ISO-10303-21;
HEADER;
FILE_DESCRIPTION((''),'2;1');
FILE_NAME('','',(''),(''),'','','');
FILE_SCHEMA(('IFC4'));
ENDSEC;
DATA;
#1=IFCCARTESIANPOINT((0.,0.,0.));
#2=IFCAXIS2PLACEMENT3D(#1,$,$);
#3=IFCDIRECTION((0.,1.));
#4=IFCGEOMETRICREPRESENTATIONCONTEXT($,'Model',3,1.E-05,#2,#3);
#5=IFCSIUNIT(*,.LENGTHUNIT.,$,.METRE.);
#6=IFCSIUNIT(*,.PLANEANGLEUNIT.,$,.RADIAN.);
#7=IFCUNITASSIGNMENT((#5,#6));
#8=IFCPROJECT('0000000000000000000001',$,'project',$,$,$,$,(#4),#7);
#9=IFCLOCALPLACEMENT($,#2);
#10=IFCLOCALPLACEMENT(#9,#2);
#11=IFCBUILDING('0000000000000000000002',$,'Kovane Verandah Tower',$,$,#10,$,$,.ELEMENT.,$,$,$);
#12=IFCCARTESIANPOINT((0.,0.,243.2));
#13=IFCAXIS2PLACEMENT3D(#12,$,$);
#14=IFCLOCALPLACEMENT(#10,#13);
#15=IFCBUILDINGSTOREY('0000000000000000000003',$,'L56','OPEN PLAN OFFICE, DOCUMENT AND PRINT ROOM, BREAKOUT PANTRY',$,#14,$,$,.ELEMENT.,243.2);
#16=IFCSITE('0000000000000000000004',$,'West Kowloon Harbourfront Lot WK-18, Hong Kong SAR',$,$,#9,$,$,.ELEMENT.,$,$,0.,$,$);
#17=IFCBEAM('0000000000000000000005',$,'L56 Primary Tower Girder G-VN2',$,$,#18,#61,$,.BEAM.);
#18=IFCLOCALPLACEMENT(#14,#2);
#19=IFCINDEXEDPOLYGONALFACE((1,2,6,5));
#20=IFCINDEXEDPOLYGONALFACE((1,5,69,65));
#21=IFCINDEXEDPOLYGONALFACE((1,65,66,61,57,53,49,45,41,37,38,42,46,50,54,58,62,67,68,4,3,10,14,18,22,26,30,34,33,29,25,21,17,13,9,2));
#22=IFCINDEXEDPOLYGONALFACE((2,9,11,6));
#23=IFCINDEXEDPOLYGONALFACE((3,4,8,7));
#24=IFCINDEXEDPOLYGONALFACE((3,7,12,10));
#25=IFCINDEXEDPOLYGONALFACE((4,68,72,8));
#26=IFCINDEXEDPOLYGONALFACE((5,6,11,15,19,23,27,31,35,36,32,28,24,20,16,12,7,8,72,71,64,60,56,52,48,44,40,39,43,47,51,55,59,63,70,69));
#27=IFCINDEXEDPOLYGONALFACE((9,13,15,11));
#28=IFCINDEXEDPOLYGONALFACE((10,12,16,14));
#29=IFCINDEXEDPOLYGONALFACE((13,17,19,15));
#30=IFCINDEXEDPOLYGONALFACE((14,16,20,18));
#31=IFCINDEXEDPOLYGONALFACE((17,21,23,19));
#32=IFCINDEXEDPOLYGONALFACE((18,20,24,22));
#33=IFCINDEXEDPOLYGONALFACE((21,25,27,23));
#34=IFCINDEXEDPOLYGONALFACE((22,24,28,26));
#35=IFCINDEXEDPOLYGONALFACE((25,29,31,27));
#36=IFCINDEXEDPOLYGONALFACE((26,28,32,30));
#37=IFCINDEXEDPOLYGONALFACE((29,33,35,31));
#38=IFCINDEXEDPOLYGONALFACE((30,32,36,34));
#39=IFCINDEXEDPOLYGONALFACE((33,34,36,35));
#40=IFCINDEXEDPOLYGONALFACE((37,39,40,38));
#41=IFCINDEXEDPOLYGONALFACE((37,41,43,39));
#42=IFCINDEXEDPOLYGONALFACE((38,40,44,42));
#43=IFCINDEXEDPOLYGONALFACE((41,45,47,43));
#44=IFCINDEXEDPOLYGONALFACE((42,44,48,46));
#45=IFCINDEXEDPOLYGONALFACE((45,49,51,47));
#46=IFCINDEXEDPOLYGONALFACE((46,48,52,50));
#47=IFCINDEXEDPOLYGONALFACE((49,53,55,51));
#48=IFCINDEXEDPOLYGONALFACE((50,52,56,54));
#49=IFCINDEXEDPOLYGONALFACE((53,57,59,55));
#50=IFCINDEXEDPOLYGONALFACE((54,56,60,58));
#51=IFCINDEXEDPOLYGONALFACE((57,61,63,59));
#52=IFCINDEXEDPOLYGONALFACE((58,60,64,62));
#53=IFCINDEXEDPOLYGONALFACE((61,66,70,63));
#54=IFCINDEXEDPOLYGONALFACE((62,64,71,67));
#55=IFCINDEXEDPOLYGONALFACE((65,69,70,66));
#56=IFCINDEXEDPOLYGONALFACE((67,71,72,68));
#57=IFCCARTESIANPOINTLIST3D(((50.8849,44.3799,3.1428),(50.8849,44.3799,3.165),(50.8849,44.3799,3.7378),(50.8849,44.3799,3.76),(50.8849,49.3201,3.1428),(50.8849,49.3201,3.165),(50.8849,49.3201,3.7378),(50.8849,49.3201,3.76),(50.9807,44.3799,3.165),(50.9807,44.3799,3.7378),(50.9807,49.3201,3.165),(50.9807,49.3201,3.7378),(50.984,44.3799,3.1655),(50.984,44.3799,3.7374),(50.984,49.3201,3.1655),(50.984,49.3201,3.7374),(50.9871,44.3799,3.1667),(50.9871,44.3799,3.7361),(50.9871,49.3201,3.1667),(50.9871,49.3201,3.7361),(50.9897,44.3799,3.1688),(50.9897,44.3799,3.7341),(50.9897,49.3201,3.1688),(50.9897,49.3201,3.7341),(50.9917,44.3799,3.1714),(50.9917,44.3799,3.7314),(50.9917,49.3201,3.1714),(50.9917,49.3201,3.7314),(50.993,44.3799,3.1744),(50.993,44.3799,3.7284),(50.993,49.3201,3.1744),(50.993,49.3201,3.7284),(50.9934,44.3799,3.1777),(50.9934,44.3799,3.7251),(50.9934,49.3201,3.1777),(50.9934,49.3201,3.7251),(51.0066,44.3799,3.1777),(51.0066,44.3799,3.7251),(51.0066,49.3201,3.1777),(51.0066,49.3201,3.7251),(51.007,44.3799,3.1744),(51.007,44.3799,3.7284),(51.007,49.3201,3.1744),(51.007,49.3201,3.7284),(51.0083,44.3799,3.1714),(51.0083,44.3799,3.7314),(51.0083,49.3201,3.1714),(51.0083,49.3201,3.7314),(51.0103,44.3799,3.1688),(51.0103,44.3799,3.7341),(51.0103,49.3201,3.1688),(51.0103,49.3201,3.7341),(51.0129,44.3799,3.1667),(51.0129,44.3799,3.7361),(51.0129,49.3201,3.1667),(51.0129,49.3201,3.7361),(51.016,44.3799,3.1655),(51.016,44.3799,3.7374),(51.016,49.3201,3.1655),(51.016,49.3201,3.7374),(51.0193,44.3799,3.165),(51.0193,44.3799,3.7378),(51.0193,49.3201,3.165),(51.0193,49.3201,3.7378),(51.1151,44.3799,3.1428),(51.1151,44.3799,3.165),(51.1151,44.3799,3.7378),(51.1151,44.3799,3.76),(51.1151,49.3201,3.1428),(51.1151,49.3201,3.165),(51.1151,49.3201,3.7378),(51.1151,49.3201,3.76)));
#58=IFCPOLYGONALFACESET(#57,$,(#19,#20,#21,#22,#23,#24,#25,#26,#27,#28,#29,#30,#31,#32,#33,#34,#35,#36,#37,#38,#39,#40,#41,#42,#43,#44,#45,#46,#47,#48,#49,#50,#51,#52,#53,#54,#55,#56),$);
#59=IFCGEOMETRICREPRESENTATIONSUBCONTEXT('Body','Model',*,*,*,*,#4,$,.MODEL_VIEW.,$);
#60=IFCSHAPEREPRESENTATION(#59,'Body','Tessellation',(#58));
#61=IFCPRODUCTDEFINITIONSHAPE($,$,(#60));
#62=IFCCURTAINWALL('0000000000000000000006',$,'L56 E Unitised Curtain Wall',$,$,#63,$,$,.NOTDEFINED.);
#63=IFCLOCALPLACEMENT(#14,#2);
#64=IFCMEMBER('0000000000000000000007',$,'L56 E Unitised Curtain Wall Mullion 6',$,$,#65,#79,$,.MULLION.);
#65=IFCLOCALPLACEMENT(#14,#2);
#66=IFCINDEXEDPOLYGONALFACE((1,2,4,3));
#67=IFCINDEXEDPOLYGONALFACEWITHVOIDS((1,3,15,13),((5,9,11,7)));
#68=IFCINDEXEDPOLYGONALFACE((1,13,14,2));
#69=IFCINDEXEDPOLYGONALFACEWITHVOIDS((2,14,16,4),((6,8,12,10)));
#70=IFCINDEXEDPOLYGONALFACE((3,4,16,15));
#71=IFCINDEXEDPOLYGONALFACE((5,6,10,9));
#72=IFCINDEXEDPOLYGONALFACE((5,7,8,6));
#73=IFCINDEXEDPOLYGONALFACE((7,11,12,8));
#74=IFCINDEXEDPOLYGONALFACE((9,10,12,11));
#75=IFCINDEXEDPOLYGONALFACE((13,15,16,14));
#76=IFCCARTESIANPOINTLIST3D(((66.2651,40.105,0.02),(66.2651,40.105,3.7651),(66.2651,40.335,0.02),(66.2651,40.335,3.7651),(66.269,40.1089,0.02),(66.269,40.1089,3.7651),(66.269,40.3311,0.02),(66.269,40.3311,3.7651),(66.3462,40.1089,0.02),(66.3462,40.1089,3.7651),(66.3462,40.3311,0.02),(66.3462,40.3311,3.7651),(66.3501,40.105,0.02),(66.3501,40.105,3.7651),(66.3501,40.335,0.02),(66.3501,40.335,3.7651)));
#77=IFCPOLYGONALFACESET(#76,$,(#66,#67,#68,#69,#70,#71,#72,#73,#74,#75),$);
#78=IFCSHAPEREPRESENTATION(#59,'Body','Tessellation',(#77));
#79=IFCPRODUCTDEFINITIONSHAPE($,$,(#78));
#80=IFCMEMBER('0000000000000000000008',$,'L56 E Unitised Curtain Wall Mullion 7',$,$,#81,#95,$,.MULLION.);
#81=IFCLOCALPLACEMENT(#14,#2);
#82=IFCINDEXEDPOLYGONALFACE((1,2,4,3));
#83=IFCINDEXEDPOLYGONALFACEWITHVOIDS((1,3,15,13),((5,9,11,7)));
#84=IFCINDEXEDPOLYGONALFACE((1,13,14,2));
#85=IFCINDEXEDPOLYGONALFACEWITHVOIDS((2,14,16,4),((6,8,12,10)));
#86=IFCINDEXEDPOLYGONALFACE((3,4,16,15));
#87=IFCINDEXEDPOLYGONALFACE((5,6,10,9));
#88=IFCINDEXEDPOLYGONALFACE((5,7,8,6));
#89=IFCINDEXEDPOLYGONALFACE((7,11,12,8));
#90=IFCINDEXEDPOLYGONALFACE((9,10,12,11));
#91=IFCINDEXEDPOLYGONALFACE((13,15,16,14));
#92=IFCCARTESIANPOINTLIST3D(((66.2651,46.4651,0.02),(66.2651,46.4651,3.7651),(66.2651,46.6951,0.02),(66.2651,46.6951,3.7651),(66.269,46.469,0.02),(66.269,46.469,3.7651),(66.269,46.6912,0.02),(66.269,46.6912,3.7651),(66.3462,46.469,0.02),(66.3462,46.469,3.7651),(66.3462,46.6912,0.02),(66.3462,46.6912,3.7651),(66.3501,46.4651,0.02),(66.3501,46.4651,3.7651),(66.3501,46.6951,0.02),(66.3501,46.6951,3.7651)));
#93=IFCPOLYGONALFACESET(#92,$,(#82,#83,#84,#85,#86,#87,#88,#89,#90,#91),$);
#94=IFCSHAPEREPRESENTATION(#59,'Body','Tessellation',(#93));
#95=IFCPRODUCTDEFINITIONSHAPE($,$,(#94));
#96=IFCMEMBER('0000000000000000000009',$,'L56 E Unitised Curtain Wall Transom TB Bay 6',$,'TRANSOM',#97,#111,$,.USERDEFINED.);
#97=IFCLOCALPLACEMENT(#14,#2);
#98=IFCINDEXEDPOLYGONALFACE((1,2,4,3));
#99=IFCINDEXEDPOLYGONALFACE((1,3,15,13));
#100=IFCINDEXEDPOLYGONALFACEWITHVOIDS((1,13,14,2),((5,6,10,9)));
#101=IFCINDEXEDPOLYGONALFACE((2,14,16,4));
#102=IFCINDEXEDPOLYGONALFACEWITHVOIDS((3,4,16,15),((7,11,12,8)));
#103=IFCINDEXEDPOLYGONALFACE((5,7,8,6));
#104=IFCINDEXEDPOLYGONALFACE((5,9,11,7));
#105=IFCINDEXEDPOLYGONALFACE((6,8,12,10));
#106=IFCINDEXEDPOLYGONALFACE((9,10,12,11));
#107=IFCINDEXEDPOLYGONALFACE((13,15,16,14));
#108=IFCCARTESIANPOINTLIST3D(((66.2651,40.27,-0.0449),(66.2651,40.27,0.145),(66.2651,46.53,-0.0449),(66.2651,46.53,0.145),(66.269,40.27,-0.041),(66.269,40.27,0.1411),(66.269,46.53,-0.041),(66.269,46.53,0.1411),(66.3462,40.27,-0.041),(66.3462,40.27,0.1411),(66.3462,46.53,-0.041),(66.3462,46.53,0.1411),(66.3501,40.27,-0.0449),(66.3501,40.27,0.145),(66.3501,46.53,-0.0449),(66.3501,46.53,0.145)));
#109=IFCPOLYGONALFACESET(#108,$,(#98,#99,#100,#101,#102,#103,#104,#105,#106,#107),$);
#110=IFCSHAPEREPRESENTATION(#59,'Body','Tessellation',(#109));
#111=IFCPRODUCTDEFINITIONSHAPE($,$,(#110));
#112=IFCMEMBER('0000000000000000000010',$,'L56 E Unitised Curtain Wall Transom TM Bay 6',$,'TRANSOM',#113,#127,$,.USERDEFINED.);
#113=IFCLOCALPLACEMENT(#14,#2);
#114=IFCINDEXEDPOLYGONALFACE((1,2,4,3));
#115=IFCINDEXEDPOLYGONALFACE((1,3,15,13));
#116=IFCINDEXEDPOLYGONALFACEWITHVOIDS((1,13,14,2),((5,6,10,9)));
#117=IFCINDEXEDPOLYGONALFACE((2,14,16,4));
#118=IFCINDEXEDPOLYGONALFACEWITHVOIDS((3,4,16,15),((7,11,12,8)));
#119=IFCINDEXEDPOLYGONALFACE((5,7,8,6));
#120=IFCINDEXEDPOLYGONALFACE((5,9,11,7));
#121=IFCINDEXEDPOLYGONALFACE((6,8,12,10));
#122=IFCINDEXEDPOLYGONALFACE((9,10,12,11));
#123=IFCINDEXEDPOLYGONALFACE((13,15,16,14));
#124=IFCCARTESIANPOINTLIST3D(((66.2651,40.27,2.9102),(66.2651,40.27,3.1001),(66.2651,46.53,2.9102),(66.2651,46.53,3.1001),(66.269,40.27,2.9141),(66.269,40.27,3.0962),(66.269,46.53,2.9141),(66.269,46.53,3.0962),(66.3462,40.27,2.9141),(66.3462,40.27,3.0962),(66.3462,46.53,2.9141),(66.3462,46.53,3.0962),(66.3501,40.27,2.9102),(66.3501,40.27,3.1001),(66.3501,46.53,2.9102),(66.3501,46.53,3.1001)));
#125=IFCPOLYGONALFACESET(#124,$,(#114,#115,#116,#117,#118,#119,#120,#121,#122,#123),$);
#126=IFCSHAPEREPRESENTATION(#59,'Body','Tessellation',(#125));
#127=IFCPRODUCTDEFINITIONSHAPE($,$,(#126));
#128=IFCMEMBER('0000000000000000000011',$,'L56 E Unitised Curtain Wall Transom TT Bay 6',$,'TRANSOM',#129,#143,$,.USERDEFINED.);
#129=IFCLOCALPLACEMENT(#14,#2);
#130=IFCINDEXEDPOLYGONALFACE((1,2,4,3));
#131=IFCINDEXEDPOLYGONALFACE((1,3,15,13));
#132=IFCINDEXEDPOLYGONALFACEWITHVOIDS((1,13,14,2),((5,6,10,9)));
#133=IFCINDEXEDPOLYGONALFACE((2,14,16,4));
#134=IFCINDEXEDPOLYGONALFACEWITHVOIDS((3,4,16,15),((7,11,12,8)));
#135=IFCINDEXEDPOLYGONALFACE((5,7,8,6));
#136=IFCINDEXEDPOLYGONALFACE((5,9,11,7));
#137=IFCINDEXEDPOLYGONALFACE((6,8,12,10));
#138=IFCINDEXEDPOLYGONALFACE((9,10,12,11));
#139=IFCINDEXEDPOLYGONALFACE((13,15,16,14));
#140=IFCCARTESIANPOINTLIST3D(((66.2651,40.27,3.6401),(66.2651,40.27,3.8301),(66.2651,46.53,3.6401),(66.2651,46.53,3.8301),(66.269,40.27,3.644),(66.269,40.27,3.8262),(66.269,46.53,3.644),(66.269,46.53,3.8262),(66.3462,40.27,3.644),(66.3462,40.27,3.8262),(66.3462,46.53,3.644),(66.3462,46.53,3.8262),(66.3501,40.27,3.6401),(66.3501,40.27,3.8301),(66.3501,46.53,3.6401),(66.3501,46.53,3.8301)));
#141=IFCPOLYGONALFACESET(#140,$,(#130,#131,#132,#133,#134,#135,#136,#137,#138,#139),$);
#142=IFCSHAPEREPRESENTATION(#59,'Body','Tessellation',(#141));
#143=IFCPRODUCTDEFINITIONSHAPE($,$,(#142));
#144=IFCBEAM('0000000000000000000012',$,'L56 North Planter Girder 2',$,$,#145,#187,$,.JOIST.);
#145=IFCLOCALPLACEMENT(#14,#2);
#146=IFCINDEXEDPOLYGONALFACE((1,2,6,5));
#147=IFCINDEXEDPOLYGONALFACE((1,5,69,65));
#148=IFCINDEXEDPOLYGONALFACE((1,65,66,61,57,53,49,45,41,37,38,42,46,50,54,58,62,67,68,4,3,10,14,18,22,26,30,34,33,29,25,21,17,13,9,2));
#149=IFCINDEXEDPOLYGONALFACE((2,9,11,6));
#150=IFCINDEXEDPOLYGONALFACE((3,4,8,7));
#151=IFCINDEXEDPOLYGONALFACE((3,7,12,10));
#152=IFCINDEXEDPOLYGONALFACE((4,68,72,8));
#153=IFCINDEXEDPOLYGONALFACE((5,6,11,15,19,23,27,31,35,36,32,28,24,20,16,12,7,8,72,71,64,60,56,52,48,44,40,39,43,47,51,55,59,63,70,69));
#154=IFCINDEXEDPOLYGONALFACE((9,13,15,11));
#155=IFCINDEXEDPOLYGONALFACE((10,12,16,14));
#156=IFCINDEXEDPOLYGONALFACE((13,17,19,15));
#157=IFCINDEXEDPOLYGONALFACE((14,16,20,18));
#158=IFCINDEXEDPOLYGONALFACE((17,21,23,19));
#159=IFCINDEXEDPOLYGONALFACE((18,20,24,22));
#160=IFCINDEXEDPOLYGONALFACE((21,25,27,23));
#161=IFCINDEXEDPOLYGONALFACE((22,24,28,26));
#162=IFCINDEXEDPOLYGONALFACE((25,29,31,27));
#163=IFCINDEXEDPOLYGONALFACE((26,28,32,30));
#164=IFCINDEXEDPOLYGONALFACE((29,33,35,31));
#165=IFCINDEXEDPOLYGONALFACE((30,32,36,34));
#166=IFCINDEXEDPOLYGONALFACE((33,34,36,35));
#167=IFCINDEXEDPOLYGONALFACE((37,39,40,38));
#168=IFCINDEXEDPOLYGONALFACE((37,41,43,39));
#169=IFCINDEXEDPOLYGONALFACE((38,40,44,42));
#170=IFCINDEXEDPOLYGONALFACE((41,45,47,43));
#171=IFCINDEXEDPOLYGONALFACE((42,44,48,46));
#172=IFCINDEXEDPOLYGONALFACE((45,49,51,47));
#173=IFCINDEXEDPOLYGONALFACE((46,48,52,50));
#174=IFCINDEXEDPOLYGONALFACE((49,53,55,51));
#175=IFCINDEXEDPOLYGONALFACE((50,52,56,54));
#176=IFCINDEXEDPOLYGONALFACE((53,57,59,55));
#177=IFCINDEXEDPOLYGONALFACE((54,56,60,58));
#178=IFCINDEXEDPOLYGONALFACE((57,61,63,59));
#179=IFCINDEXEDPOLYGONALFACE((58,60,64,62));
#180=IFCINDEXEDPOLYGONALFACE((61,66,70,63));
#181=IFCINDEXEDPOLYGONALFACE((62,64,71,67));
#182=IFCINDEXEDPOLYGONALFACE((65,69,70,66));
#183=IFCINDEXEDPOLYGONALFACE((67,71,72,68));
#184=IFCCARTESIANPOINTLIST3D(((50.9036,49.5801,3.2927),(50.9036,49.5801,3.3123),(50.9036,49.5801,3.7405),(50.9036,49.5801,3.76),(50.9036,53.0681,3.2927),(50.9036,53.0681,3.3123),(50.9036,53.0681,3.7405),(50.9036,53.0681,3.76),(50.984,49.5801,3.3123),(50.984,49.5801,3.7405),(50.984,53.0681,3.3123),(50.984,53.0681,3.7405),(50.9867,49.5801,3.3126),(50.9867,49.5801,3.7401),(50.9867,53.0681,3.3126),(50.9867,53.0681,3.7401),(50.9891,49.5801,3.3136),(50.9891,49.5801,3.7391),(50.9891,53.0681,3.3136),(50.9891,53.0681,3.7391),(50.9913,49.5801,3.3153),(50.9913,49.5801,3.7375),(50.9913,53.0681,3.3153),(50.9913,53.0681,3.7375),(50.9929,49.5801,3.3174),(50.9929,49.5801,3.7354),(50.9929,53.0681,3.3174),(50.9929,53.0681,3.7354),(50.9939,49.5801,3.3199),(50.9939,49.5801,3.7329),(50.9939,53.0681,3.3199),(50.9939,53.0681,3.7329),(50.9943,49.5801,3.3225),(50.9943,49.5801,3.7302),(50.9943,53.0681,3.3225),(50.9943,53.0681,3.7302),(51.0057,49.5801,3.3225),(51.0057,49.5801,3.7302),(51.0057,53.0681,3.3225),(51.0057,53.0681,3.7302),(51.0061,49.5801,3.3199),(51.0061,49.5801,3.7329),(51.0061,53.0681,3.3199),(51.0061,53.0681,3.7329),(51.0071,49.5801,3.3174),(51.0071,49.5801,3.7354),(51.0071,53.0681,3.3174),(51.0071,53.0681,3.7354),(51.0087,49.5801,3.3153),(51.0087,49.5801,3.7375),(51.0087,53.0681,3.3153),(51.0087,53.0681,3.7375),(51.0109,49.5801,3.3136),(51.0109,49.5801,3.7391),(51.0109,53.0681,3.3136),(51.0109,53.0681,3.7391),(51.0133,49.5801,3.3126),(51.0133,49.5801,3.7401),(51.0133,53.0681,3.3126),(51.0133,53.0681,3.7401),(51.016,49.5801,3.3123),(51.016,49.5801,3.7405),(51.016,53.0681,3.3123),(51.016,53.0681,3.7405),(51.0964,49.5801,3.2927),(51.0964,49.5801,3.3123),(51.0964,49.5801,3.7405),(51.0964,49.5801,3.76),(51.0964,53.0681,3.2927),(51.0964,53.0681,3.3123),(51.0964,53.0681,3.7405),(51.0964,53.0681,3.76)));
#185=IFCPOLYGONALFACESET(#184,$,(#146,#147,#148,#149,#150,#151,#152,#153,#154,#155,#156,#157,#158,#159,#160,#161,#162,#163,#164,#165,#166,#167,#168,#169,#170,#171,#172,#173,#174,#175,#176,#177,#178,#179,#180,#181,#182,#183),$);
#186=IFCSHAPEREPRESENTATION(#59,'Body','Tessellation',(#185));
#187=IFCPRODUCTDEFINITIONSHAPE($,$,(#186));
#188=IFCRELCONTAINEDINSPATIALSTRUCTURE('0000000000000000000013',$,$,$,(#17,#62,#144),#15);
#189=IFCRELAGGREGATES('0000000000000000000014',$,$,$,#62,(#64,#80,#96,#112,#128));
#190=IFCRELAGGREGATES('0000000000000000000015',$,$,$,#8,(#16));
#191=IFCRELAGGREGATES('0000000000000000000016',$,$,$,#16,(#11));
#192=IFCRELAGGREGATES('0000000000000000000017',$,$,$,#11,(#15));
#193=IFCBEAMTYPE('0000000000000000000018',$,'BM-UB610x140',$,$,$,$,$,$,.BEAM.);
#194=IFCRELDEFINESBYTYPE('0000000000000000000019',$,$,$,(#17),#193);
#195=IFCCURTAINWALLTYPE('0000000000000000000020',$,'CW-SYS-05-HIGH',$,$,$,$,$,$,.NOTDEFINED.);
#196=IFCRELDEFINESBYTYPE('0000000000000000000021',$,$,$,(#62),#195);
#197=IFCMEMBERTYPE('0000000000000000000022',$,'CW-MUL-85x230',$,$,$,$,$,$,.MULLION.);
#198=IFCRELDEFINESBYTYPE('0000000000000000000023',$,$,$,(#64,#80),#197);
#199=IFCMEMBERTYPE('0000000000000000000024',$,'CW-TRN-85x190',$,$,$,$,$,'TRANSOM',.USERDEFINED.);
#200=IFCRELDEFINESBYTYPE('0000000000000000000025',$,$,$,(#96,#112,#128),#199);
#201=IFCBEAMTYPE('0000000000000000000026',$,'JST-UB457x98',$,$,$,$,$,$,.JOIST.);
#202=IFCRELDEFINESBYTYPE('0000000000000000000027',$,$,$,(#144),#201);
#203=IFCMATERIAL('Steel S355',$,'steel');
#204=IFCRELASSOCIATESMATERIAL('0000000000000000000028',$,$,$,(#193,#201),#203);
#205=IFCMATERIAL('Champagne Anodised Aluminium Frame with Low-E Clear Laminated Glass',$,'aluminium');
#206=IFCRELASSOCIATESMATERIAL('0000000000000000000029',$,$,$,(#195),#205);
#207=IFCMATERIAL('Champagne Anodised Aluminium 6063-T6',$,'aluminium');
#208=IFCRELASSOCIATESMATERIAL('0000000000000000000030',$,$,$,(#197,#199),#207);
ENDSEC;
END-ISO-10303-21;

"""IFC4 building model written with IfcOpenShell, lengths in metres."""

from ifc_helpers import new_model, si_unit, direction, frame, origin, origin_2d, place, context, subcontext, project, spatial, hollow_rectangle, i_section, extrude, material, material_profile, profile_set, type_object, element, aggregate, save


model = new_model("IFC4")

# Units and contexts
model_context = context("Model", 3, precision=1e-05, world=origin(), true_north=direction((0.0, 1.0)))
body_context = subcontext(model_context, "Body", "Model", "MODEL_VIEW")
ifc_project = project(units=[si_unit("LENGTHUNIT", "METRE"), si_unit("PLANEANGLEUNIT", "RADIAN")], contexts=[model_context])

# Site, building, storey
site_placement = place(None, origin())
site = spatial("IfcSite", under=ifc_project, at=site_placement, Name="West Kowloon Harbourfront Lot WK-18, Hong Kong SAR", CompositionType="ELEMENT", RefElevation=0.0)
building_placement = place(site_placement, origin())
building = spatial("IfcBuilding", under=site, at=building_placement, Name="Kovane Verandah Tower", CompositionType="ELEMENT")
storey_placement = place(building_placement, frame((0.0, 0.0, 243.2)))
storey = spatial("IfcBuildingStorey", under=building, at=storey_placement, Name="L56", Description="OPEN PLAN OFFICE, DOCUMENT AND PRINT ROOM, BREAKOUT PANTRY", CompositionType="ELEMENT", Elevation=243.2)

# Beam
ifc_material_1 = material(Name="Steel S355", Category="steel")
ifc_material_profile_1 = material_profile(ifc_material_1, i_section(OverallWidth=0.2302, OverallDepth=0.6172, WebThickness=0.0132, FlangeThickness=0.0222, FilletRadius=0.0127, at=origin_2d()), Name="UB610x229x140")
ifc_profile_set_1 = profile_set([ifc_material_profile_1], Name="Steel S355")
beam_type_1 = type_object("IfcBeamType", Name="BM-UB610x140", PredefinedType="BEAM", material=ifc_profile_set_1)
beam_1_placement = place(storey_placement, frame((51.0, 44.3799, 3.4514), z_axis=(0.0, 1.0, 0.0), x_axis=(-1.0, 0.0, 0.0)))
element("IfcBeam", 1, at=beam_1_placement, inside=storey, type_object=beam_type_1, Name="L56 Primary Tower Girder G-VN2", PredefinedType="BEAM", context=body_context, shape_type="SweptSolid", body=[
    extrude(i_section(OverallWidth=0.2302, OverallDepth=0.6172, WebThickness=0.0132, FlangeThickness=0.0222, FilletRadius=0.0127, at=origin_2d()), origin(), (0.0, 0.0, 1.0), 4.9402),
])

# Curtain wall, members
ifc_material_2 = material(Name="Champagne Anodised Aluminium Frame with Low-E Clear Laminated Glass", Category="aluminium")
curtain_wall_type = type_object("IfcCurtainWallType", Name="CW-SYS-05-HIGH", PredefinedType="NOTDEFINED", material=ifc_material_2)
curtain_wall_placement = place(storey_placement, origin())
curtain_wall = element("IfcCurtainWall", 2, at=curtain_wall_placement, inside=storey, type_object=curtain_wall_type, Name="L56 E Unitised Curtain Wall", PredefinedType="NOTDEFINED")
ifc_material_3 = material(Name="Champagne Anodised Aluminium 6063-T6", Category="aluminium")
ifc_material_profile_2 = material_profile(ifc_material_3, hollow_rectangle(XDim=0.085, YDim=0.23, WallThickness=0.0039, at=origin_2d()), Name="AL85x230x4")
ifc_profile_set_2 = profile_set([ifc_material_profile_2], Name="Champagne Anodised Aluminium 6063-T6")
member_type_1 = type_object("IfcMemberType", Name="CW-MUL-85x230", PredefinedType="MULLION", material=ifc_profile_set_2)
member_1_placement = place(storey_placement, frame((66.3076, 40.22, 0.02), z_axis=(0.0, 0.0, 1.0), x_axis=(1.0, 0.0, 0.0)))
member_1 = element("IfcMember", 3, at=member_1_placement, type_object=member_type_1, Name="L56 E Unitised Curtain Wall Mullion 6", PredefinedType="MULLION", context=body_context, shape_type="SweptSolid", body=[
    extrude(hollow_rectangle(XDim=0.085, YDim=0.23, WallThickness=0.0039, at=origin_2d()), origin(), (0.0, 0.0, 1.0), 3.7451),
])
member_2_placement = place(storey_placement, frame((66.3076, 46.5801, 0.02), z_axis=(0.0, 0.0, 1.0), x_axis=(1.0, 0.0, 0.0)))
member_2 = element("IfcMember", 4, at=member_2_placement, type_object=member_type_1, Name="L56 E Unitised Curtain Wall Mullion 7", PredefinedType="MULLION", context=body_context, shape_type="SweptSolid", body=[
    extrude(hollow_rectangle(XDim=0.085, YDim=0.23, WallThickness=0.0039, at=origin_2d()), origin(), (0.0, 0.0, 1.0), 3.7451),
])
ifc_material_profile_3 = material_profile(ifc_material_3, hollow_rectangle(XDim=0.085, YDim=0.1899, WallThickness=0.0039, at=origin_2d()), Name="AL85x190x4")
ifc_profile_set_3 = profile_set([ifc_material_profile_3], Name="Champagne Anodised Aluminium 6063-T6")
member_type_2 = type_object("IfcMemberType", Name="CW-TRN-85x190", ElementType="TRANSOM", PredefinedType="USERDEFINED", material=ifc_profile_set_3)
member_3_placement = place(storey_placement, frame((66.3076, 40.27, 0.05), z_axis=(0.0, 1.0, 0.0), x_axis=(-1.0, 0.0, 0.0)))
member_3 = element("IfcMember", 5, at=member_3_placement, type_object=member_type_2, Name="L56 E Unitised Curtain Wall Transom TB Bay 6", ObjectType="TRANSOM", PredefinedType="USERDEFINED", context=body_context, shape_type="SweptSolid", body=[
    extrude(hollow_rectangle(XDim=0.085, YDim=0.1899, WallThickness=0.0039, at=origin_2d()), origin(), (0.0, 0.0, 1.0), 6.26),
])
member_4_placement = place(storey_placement, frame((66.3076, 40.27, 3.0051), z_axis=(0.0, 1.0, 0.0), x_axis=(-1.0, 0.0, 0.0)))
member_4 = element("IfcMember", 6, at=member_4_placement, type_object=member_type_2, Name="L56 E Unitised Curtain Wall Transom TM Bay 6", ObjectType="TRANSOM", PredefinedType="USERDEFINED", context=body_context, shape_type="SweptSolid", body=[
    extrude(hollow_rectangle(XDim=0.085, YDim=0.1899, WallThickness=0.0039, at=origin_2d()), origin(), (0.0, 0.0, 1.0), 6.26),
])
member_5_placement = place(storey_placement, frame((66.3076, 40.27, 3.7351), z_axis=(0.0, 1.0, 0.0), x_axis=(-1.0, 0.0, 0.0)))
member_5 = element("IfcMember", 7, at=member_5_placement, type_object=member_type_2, Name="L56 E Unitised Curtain Wall Transom TT Bay 6", ObjectType="TRANSOM", PredefinedType="USERDEFINED", context=body_context, shape_type="SweptSolid", body=[
    extrude(hollow_rectangle(XDim=0.085, YDim=0.1899, WallThickness=0.0039, at=origin_2d()), origin(), (0.0, 0.0, 1.0), 6.26),
])

# Beam
ifc_material_profile_4 = material_profile(ifc_material_1, i_section(OverallWidth=0.1929, OverallDepth=0.4673, WebThickness=0.0115, FlangeThickness=0.0195, FilletRadius=0.0103, at=origin_2d()), Name="UB457x191x98")
ifc_profile_set_4 = profile_set([ifc_material_profile_4], Name="Steel S355")
beam_type_2 = type_object("IfcBeamType", Name="JST-UB457x98", PredefinedType="JOIST", material=ifc_profile_set_4)
beam_2_placement = place(storey_placement, frame((51.0, 49.5801, 3.5264), z_axis=(0.0, 1.0, 0.0), x_axis=(-1.0, 0.0, 0.0)))
element("IfcBeam", 8, at=beam_2_placement, inside=storey, type_object=beam_type_2, Name="L56 North Planter Girder 2", PredefinedType="JOIST", context=body_context, shape_type="SweptSolid", body=[
    extrude(i_section(OverallWidth=0.1929, OverallDepth=0.4673, WebThickness=0.0115, FlangeThickness=0.0195, FilletRadius=0.0103, at=origin_2d()), origin(), (0.0, 0.0, 1.0), 3.488),
])

aggregate(curtain_wall, [member_1, member_2, member_3, member_4, member_5])

save(model, "model.ifc")
